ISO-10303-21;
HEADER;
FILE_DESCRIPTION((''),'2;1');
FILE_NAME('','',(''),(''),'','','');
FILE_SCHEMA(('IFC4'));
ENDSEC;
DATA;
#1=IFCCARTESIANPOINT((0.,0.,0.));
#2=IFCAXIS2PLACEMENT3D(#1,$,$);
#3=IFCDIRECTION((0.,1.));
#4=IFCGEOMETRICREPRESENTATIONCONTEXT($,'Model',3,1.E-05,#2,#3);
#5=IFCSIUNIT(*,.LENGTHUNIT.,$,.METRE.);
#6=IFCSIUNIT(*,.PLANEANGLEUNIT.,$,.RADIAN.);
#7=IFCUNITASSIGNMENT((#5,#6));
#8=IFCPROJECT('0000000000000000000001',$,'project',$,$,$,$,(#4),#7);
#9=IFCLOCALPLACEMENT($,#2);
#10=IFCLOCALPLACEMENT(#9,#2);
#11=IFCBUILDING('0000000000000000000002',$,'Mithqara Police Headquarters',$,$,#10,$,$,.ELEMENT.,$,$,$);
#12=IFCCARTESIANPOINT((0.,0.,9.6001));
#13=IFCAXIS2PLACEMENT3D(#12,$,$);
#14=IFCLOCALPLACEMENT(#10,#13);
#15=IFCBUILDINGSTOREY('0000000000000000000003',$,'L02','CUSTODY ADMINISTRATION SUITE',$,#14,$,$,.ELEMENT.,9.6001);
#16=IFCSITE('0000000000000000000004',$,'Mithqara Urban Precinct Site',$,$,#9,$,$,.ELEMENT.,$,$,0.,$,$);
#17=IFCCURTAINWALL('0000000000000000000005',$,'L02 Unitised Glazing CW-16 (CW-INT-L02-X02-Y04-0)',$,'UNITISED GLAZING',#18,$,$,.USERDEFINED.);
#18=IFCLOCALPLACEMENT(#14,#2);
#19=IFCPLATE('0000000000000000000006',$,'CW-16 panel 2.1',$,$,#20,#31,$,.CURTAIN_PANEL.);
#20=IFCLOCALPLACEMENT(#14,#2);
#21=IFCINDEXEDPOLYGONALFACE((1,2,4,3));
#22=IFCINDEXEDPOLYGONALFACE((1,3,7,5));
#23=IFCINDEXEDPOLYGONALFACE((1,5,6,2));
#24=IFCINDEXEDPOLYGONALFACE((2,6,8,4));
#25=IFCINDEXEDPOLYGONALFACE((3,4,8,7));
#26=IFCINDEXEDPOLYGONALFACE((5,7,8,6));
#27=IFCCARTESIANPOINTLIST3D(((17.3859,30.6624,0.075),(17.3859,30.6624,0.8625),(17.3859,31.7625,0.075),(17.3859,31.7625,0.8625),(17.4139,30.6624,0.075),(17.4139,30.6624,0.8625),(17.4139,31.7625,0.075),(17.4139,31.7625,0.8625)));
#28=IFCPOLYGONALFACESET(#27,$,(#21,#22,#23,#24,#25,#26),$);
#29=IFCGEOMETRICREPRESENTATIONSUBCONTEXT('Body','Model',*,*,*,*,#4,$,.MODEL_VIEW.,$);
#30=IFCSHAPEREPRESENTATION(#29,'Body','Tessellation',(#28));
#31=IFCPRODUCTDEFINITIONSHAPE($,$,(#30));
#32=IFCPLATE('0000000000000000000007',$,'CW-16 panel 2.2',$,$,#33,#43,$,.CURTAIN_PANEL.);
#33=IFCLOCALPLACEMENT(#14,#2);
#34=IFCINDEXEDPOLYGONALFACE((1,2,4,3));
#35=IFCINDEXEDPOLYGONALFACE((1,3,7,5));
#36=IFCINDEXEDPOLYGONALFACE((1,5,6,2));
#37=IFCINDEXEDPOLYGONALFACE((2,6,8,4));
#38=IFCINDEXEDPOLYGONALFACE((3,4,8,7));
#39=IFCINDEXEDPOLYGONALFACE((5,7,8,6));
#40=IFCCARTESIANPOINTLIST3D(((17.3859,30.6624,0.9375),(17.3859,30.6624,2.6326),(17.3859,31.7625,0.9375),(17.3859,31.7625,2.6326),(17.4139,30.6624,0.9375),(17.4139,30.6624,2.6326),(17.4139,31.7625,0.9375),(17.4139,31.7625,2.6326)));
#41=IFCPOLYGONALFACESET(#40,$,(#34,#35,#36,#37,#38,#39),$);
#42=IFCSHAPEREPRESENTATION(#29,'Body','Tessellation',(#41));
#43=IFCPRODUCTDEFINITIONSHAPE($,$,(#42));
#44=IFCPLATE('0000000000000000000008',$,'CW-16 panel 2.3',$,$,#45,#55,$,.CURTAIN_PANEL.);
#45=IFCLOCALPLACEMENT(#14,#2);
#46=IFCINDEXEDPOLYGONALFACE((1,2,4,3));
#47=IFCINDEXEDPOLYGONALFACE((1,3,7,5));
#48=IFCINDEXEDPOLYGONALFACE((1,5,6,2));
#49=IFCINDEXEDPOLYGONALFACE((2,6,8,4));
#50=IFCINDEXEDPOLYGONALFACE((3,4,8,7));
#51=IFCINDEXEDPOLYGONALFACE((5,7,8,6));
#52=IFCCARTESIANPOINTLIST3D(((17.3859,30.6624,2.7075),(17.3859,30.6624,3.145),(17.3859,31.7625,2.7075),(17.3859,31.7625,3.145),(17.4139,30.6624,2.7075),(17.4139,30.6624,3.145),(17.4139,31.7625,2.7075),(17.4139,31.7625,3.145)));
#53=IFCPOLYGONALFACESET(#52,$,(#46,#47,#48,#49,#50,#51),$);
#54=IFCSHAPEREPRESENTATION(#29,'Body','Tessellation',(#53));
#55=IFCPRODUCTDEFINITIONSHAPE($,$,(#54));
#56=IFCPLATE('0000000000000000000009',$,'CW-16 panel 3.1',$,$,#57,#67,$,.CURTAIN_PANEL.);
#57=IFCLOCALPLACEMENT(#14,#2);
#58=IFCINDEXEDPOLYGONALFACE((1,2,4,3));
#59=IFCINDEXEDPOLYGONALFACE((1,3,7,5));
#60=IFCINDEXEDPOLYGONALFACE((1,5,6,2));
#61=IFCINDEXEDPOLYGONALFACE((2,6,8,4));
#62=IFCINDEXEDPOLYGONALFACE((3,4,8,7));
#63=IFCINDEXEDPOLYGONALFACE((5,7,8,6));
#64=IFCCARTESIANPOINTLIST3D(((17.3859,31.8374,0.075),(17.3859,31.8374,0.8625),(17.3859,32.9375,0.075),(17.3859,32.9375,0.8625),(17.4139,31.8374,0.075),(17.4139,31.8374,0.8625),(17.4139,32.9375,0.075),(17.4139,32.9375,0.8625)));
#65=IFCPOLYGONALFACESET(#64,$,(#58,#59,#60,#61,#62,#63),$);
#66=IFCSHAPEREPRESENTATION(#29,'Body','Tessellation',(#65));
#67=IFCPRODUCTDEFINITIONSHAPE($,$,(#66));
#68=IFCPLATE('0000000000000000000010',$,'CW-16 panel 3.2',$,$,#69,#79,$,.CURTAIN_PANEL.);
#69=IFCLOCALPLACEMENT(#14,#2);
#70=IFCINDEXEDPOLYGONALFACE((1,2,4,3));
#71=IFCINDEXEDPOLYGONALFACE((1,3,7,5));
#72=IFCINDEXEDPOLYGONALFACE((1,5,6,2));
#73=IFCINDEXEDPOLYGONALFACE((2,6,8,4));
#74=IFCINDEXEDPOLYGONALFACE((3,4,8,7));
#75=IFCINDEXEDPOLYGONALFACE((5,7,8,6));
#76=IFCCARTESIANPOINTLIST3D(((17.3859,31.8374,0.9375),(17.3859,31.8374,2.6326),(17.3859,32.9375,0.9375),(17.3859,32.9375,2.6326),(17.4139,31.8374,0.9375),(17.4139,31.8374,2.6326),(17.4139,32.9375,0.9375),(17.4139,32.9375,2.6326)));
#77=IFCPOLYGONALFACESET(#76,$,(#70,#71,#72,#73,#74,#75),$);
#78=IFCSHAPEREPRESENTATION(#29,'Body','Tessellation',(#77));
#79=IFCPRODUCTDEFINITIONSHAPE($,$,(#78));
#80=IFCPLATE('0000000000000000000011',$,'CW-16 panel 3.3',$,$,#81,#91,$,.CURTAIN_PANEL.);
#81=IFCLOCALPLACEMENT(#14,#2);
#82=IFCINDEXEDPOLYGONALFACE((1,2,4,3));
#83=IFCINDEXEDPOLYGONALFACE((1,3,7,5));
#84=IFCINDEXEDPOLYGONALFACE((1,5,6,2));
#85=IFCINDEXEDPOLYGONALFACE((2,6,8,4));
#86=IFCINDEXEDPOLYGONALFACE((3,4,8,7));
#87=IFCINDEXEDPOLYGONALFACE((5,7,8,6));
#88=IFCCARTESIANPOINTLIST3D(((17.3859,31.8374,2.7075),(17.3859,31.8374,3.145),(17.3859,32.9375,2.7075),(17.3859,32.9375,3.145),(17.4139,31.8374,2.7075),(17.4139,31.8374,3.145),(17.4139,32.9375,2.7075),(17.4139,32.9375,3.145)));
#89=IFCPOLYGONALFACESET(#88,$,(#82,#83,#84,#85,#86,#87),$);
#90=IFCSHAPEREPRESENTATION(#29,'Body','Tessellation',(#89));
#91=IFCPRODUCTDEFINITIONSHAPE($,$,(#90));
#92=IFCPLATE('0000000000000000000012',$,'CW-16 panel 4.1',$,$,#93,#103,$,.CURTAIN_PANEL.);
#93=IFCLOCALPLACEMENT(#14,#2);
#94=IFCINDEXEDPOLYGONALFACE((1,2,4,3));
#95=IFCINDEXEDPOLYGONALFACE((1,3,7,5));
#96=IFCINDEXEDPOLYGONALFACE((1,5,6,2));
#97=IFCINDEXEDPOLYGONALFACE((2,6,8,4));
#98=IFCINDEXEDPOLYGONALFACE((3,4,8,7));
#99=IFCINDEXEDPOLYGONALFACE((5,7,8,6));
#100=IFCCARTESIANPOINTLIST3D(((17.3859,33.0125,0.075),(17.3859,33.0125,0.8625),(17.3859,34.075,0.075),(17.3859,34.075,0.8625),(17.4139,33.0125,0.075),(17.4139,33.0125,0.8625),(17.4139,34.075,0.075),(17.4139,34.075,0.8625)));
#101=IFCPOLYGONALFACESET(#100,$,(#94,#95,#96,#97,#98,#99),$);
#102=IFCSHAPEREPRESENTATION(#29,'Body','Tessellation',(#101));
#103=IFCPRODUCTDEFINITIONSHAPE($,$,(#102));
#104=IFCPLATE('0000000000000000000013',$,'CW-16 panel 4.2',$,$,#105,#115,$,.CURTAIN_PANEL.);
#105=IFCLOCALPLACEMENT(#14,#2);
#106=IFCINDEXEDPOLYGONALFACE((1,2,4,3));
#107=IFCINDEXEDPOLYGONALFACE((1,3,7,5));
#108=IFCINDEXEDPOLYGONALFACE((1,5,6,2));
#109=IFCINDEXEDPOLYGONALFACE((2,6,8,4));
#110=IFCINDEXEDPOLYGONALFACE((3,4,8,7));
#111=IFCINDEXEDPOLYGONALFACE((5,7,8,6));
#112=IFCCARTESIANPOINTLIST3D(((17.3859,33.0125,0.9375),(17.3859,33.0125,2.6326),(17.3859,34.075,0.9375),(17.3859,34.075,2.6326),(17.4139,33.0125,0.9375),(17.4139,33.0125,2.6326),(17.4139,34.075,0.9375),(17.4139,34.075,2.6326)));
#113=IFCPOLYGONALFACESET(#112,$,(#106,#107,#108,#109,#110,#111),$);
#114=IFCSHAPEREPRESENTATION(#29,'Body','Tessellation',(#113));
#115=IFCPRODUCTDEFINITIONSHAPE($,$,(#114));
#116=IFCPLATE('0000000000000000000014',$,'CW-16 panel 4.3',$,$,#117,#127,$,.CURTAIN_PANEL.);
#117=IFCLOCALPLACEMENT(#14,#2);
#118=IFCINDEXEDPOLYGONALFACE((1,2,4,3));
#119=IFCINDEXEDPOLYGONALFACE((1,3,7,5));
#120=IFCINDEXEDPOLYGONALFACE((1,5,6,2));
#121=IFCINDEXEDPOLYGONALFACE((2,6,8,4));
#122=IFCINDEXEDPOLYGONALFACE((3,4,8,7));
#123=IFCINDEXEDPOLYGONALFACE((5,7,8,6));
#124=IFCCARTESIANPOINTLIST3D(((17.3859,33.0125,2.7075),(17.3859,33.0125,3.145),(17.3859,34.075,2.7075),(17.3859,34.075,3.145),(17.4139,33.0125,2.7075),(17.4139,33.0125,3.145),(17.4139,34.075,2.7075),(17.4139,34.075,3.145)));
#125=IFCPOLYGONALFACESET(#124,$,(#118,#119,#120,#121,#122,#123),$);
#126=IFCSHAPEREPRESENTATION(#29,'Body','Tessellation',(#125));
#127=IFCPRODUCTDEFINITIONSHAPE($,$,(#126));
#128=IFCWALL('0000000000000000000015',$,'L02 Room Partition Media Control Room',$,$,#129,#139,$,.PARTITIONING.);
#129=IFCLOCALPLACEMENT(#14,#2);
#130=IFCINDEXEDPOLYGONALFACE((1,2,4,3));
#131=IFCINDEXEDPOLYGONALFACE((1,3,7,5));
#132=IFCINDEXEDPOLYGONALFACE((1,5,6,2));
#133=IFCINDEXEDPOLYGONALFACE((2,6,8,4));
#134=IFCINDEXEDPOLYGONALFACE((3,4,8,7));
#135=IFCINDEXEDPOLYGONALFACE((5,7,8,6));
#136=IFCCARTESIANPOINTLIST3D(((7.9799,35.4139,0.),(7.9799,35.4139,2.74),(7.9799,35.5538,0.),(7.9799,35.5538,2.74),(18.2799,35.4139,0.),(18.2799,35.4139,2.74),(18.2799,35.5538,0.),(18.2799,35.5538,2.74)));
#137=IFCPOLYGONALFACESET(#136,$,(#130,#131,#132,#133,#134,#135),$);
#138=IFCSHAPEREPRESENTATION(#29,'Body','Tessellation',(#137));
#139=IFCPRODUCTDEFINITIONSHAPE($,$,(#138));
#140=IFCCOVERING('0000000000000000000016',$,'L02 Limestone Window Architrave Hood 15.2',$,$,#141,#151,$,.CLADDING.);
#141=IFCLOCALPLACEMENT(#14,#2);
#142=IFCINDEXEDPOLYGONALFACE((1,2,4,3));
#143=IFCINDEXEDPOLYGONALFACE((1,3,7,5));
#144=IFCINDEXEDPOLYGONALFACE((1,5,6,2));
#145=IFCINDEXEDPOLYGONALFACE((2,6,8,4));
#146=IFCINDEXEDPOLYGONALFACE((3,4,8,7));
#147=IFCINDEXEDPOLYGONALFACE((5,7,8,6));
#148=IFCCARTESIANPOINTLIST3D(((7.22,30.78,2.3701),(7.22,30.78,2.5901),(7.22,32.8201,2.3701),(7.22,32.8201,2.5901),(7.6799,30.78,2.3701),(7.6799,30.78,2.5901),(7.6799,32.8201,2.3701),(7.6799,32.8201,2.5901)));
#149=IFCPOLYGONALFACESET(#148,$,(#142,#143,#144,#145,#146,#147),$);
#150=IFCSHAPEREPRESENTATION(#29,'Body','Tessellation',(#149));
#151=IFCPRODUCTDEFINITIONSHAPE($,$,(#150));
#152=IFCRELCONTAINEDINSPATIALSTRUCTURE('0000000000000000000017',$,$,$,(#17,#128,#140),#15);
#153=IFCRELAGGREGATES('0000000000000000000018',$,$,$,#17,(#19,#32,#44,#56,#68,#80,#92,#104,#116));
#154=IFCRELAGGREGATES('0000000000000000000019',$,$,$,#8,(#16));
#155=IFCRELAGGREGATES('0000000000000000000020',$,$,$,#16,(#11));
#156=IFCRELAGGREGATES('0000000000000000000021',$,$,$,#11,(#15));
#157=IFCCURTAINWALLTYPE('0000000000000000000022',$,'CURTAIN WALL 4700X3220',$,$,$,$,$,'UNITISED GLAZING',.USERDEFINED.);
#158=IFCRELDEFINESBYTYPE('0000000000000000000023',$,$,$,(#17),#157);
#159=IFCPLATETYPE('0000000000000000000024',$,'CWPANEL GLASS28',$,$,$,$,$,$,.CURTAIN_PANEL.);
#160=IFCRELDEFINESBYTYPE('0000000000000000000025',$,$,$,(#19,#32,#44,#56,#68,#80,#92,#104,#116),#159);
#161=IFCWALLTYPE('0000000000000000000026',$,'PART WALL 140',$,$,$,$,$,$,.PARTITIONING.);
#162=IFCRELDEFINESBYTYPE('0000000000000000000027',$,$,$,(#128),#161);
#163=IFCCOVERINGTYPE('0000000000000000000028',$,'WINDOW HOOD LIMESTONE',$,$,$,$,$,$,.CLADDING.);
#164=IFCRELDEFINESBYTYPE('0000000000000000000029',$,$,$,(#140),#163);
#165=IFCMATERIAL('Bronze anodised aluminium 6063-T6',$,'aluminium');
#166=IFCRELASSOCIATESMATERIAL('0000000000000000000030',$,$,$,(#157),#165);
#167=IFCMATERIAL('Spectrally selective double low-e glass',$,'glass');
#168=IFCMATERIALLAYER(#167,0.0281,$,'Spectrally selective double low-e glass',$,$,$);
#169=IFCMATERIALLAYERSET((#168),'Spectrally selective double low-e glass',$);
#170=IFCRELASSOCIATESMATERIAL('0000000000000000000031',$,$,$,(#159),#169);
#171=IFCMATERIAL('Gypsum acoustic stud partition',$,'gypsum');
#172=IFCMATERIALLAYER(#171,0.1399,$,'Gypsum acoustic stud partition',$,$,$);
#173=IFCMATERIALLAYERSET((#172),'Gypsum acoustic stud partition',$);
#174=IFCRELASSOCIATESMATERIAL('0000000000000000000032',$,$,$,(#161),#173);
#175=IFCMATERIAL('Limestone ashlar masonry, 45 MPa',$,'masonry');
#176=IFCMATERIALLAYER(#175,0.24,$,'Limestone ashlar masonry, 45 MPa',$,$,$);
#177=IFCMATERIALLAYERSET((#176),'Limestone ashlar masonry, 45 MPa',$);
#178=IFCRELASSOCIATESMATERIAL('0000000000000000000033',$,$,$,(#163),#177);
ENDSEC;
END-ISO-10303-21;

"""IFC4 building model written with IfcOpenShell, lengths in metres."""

from ifc_helpers import new_model, si_unit, direction, frame, frame_2d, origin, origin_2d, place, context, subcontext, project, spatial, rectangle, extrude, material, layer, layer_set, type_object, element, aggregate, save


model = new_model("IFC4")

# Units and contexts
model_context = context("Model", 3, precision=1e-05, world=origin(), true_north=direction((0.0, 1.0)))
body_context = subcontext(model_context, "Body", "Model", "MODEL_VIEW")
ifc_project = project(units=[si_unit("LENGTHUNIT", "METRE"), si_unit("PLANEANGLEUNIT", "RADIAN")], contexts=[model_context])

# Site, building, storey
site_placement = place(None, origin())
site = spatial("IfcSite", under=ifc_project, at=site_placement, Name="Mithqara Urban Precinct Site", CompositionType="ELEMENT", RefElevation=0.0)
building_placement = place(site_placement, origin())
building = spatial("IfcBuilding", under=site, at=building_placement, Name="Mithqara Police Headquarters", CompositionType="ELEMENT")
storey_placement = place(building_placement, frame((0.0, 0.0, 9.6001)))
storey = spatial("IfcBuildingStorey", under=building, at=storey_placement, Name="L02", Description="CUSTODY ADMINISTRATION SUITE", CompositionType="ELEMENT", Elevation=9.6001)

# Curtain wall
ifc_material_1 = material(Name="Bronze anodised aluminium 6063-T6", Category="aluminium")
curtain_wall_type = type_object("IfcCurtainWallType", Name="CURTAIN WALL 4700X3220", ElementType="UNITISED GLAZING", PredefinedType="USERDEFINED", material=ifc_material_1)
curtain_wall_1_placement = place(storey_placement, origin())
curtain_wall_1 = element("IfcCurtainWall", 1, at=curtain_wall_1_placement, inside=storey, type_object=curtain_wall_type, Name="L02 Unitised Glazing CW-16 (CW-INT-L02-X02-Y04-0)", ObjectType="UNITISED GLAZING", PredefinedType="USERDEFINED")

# Plates
ifc_material_2 = material(Name="Spectrally selective double low-e glass", Category="glass")
ifc_layer_1 = layer(ifc_material_2, 0.0281, Name="Spectrally selective double low-e glass")
ifc_layer_set_1 = layer_set([ifc_layer_1], Name="Spectrally selective double low-e glass")
plate_type = type_object("IfcPlateType", Name="CWPANEL GLASS28", PredefinedType="CURTAIN_PANEL", material=ifc_layer_set_1)
plate_1_placement = place(storey_placement, frame((17.3999, 31.2124, 0.075), z_axis=(0.0, 0.0, 1.0), x_axis=(0.0, 1.0, 0.0)))
plate_1 = element("IfcPlate", 2, at=plate_1_placement, type_object=plate_type, Name="CW-16 panel 2.1", PredefinedType="CURTAIN_PANEL", context=body_context, shape_type="SweptSolid", body=[
    extrude(rectangle(XDim=1.1001, YDim=0.0281, at=origin_2d()), origin(), (0.0, 0.0, 1.0), 0.7876),
])
plate_2_placement = place(storey_placement, frame((17.3999, 31.2124, 0.9375), z_axis=(0.0, 0.0, 1.0), x_axis=(0.0, 1.0, 0.0)))
plate_2 = element("IfcPlate", 3, at=plate_2_placement, type_object=plate_type, Name="CW-16 panel 2.2", PredefinedType="CURTAIN_PANEL", context=body_context, shape_type="SweptSolid", body=[
    extrude(rectangle(XDim=1.1001, YDim=0.0281, at=origin_2d()), origin(), (0.0, 0.0, 1.0), 1.6951),
])
plate_3_placement = place(storey_placement, frame((17.3999, 31.2124, 2.7075), z_axis=(0.0, 0.0, 1.0), x_axis=(0.0, 1.0, 0.0)))
plate_3 = element("IfcPlate", 4, at=plate_3_placement, type_object=plate_type, Name="CW-16 panel 2.3", PredefinedType="CURTAIN_PANEL", context=body_context, shape_type="SweptSolid", body=[
    extrude(rectangle(XDim=1.1001, YDim=0.0281, at=origin_2d()), origin(), (0.0, 0.0, 1.0), 0.4375),
])
plate_4_placement = place(storey_placement, frame((17.3999, 32.3875, 0.075), z_axis=(0.0, 0.0, 1.0), x_axis=(0.0, 1.0, 0.0)))
plate_4 = element("IfcPlate", 5, at=plate_4_placement, type_object=plate_type, Name="CW-16 panel 3.1", PredefinedType="CURTAIN_PANEL", context=body_context, shape_type="SweptSolid", body=[
    extrude(rectangle(XDim=1.1001, YDim=0.0281, at=origin_2d()), origin(), (0.0, 0.0, 1.0), 0.7876),
])
plate_5_placement = place(storey_placement, frame((17.3999, 32.3875, 0.9375), z_axis=(0.0, 0.0, 1.0), x_axis=(0.0, 1.0, 0.0)))
plate_5 = element("IfcPlate", 6, at=plate_5_placement, type_object=plate_type, Name="CW-16 panel 3.2", PredefinedType="CURTAIN_PANEL", context=body_context, shape_type="SweptSolid", body=[
    extrude(rectangle(XDim=1.1001, YDim=0.0281, at=origin_2d()), origin(), (0.0, 0.0, 1.0), 1.6951),
])
plate_6_placement = place(storey_placement, frame((17.3999, 32.3875, 2.7075), z_axis=(0.0, 0.0, 1.0), x_axis=(0.0, 1.0, 0.0)))
plate_6 = element("IfcPlate", 7, at=plate_6_placement, type_object=plate_type, Name="CW-16 panel 3.3", PredefinedType="CURTAIN_PANEL", context=body_context, shape_type="SweptSolid", body=[
    extrude(rectangle(XDim=1.1001, YDim=0.0281, at=origin_2d()), origin(), (0.0, 0.0, 1.0), 0.4375),
])
plate_7_placement = place(storey_placement, frame((17.3999, 33.5437, 0.075), z_axis=(0.0, 0.0, 1.0), x_axis=(0.0, 1.0, 0.0)))
plate_7 = element("IfcPlate", 8, at=plate_7_placement, type_object=plate_type, Name="CW-16 panel 4.1", PredefinedType="CURTAIN_PANEL", context=body_context, shape_type="SweptSolid", body=[
    extrude(rectangle(XDim=1.0625, YDim=0.0281, at=origin_2d()), origin(), (0.0, 0.0, 1.0), 0.7876),
])
plate_8_placement = place(storey_placement, frame((17.3999, 33.5437, 0.9375), z_axis=(0.0, 0.0, 1.0), x_axis=(0.0, 1.0, 0.0)))
plate_8 = element("IfcPlate", 9, at=plate_8_placement, type_object=plate_type, Name="CW-16 panel 4.2", PredefinedType="CURTAIN_PANEL", context=body_context, shape_type="SweptSolid", body=[
    extrude(rectangle(XDim=1.0625, YDim=0.0281, at=origin_2d()), origin(), (0.0, 0.0, 1.0), 1.6951),
])
plate_9_placement = place(storey_placement, frame((17.3999, 33.5437, 2.7075), z_axis=(0.0, 0.0, 1.0), x_axis=(0.0, 1.0, 0.0)))
plate_9 = element("IfcPlate", 10, at=plate_9_placement, type_object=plate_type, Name="CW-16 panel 4.3", PredefinedType="CURTAIN_PANEL", context=body_context, shape_type="SweptSolid", body=[
    extrude(rectangle(XDim=1.0625, YDim=0.0281, at=origin_2d()), origin(), (0.0, 0.0, 1.0), 0.4375),
])
aggregate(curtain_wall_1, [plate_1, plate_2, plate_3, plate_4, plate_5, plate_6, plate_7, plate_8, plate_9])

# Wall
ifc_material_3 = material(Name="Gypsum acoustic stud partition", Category="gypsum")
ifc_layer_2 = layer(ifc_material_3, 0.1399, Name="Gypsum acoustic stud partition")
ifc_layer_set_2 = layer_set([ifc_layer_2], Name="Gypsum acoustic stud partition")
wall_type = type_object("IfcWallType", Name="PART WALL 140", PredefinedType="PARTITIONING", material=ifc_layer_set_2)
wall_placement = place(storey_placement, frame((7.98, 35.4839, 0.0), z_axis=(0.0, 0.0, 1.0), x_axis=(1.0, 0.0, 0.0)))
element("IfcWall", 11, at=wall_placement, inside=storey, type_object=wall_type, Name="L02 Room Partition Media Control Room", PredefinedType="PARTITIONING", context=body_context, shape_type="SweptSolid", body=[
    extrude(rectangle(XDim=10.3, YDim=0.1399, at=frame_2d((5.1499, 0.0))), origin(), (0.0, 0.0, 1.0), 2.74),
])

# Covering
ifc_material_4 = material(Name="Limestone ashlar masonry, 45 MPa", Category="masonry")
ifc_layer_3 = layer(ifc_material_4, 0.24, Name="Limestone ashlar masonry, 45 MPa")
ifc_layer_set_3 = layer_set([ifc_layer_3], Name="Limestone ashlar masonry, 45 MPa")
covering_type = type_object("IfcCoveringType", Name="WINDOW HOOD LIMESTONE", PredefinedType="CLADDING", material=ifc_layer_set_3)
covering_placement = place(storey_placement, frame((7.45, 31.8, 2.3701), z_axis=(0.0, 0.0, 1.0), x_axis=(0.0, 1.0, 0.0)))
element("IfcCovering", 12, at=covering_placement, inside=storey, type_object=covering_type, Name="L02 Limestone Window Architrave Hood 15.2", PredefinedType="CLADDING", context=body_context, shape_type="SweptSolid", body=[
    extrude(rectangle(XDim=2.04, YDim=0.46, at=origin_2d()), origin(), (0.0, 0.0, 1.0), 0.22),
])

save(model, "model.ifc")
